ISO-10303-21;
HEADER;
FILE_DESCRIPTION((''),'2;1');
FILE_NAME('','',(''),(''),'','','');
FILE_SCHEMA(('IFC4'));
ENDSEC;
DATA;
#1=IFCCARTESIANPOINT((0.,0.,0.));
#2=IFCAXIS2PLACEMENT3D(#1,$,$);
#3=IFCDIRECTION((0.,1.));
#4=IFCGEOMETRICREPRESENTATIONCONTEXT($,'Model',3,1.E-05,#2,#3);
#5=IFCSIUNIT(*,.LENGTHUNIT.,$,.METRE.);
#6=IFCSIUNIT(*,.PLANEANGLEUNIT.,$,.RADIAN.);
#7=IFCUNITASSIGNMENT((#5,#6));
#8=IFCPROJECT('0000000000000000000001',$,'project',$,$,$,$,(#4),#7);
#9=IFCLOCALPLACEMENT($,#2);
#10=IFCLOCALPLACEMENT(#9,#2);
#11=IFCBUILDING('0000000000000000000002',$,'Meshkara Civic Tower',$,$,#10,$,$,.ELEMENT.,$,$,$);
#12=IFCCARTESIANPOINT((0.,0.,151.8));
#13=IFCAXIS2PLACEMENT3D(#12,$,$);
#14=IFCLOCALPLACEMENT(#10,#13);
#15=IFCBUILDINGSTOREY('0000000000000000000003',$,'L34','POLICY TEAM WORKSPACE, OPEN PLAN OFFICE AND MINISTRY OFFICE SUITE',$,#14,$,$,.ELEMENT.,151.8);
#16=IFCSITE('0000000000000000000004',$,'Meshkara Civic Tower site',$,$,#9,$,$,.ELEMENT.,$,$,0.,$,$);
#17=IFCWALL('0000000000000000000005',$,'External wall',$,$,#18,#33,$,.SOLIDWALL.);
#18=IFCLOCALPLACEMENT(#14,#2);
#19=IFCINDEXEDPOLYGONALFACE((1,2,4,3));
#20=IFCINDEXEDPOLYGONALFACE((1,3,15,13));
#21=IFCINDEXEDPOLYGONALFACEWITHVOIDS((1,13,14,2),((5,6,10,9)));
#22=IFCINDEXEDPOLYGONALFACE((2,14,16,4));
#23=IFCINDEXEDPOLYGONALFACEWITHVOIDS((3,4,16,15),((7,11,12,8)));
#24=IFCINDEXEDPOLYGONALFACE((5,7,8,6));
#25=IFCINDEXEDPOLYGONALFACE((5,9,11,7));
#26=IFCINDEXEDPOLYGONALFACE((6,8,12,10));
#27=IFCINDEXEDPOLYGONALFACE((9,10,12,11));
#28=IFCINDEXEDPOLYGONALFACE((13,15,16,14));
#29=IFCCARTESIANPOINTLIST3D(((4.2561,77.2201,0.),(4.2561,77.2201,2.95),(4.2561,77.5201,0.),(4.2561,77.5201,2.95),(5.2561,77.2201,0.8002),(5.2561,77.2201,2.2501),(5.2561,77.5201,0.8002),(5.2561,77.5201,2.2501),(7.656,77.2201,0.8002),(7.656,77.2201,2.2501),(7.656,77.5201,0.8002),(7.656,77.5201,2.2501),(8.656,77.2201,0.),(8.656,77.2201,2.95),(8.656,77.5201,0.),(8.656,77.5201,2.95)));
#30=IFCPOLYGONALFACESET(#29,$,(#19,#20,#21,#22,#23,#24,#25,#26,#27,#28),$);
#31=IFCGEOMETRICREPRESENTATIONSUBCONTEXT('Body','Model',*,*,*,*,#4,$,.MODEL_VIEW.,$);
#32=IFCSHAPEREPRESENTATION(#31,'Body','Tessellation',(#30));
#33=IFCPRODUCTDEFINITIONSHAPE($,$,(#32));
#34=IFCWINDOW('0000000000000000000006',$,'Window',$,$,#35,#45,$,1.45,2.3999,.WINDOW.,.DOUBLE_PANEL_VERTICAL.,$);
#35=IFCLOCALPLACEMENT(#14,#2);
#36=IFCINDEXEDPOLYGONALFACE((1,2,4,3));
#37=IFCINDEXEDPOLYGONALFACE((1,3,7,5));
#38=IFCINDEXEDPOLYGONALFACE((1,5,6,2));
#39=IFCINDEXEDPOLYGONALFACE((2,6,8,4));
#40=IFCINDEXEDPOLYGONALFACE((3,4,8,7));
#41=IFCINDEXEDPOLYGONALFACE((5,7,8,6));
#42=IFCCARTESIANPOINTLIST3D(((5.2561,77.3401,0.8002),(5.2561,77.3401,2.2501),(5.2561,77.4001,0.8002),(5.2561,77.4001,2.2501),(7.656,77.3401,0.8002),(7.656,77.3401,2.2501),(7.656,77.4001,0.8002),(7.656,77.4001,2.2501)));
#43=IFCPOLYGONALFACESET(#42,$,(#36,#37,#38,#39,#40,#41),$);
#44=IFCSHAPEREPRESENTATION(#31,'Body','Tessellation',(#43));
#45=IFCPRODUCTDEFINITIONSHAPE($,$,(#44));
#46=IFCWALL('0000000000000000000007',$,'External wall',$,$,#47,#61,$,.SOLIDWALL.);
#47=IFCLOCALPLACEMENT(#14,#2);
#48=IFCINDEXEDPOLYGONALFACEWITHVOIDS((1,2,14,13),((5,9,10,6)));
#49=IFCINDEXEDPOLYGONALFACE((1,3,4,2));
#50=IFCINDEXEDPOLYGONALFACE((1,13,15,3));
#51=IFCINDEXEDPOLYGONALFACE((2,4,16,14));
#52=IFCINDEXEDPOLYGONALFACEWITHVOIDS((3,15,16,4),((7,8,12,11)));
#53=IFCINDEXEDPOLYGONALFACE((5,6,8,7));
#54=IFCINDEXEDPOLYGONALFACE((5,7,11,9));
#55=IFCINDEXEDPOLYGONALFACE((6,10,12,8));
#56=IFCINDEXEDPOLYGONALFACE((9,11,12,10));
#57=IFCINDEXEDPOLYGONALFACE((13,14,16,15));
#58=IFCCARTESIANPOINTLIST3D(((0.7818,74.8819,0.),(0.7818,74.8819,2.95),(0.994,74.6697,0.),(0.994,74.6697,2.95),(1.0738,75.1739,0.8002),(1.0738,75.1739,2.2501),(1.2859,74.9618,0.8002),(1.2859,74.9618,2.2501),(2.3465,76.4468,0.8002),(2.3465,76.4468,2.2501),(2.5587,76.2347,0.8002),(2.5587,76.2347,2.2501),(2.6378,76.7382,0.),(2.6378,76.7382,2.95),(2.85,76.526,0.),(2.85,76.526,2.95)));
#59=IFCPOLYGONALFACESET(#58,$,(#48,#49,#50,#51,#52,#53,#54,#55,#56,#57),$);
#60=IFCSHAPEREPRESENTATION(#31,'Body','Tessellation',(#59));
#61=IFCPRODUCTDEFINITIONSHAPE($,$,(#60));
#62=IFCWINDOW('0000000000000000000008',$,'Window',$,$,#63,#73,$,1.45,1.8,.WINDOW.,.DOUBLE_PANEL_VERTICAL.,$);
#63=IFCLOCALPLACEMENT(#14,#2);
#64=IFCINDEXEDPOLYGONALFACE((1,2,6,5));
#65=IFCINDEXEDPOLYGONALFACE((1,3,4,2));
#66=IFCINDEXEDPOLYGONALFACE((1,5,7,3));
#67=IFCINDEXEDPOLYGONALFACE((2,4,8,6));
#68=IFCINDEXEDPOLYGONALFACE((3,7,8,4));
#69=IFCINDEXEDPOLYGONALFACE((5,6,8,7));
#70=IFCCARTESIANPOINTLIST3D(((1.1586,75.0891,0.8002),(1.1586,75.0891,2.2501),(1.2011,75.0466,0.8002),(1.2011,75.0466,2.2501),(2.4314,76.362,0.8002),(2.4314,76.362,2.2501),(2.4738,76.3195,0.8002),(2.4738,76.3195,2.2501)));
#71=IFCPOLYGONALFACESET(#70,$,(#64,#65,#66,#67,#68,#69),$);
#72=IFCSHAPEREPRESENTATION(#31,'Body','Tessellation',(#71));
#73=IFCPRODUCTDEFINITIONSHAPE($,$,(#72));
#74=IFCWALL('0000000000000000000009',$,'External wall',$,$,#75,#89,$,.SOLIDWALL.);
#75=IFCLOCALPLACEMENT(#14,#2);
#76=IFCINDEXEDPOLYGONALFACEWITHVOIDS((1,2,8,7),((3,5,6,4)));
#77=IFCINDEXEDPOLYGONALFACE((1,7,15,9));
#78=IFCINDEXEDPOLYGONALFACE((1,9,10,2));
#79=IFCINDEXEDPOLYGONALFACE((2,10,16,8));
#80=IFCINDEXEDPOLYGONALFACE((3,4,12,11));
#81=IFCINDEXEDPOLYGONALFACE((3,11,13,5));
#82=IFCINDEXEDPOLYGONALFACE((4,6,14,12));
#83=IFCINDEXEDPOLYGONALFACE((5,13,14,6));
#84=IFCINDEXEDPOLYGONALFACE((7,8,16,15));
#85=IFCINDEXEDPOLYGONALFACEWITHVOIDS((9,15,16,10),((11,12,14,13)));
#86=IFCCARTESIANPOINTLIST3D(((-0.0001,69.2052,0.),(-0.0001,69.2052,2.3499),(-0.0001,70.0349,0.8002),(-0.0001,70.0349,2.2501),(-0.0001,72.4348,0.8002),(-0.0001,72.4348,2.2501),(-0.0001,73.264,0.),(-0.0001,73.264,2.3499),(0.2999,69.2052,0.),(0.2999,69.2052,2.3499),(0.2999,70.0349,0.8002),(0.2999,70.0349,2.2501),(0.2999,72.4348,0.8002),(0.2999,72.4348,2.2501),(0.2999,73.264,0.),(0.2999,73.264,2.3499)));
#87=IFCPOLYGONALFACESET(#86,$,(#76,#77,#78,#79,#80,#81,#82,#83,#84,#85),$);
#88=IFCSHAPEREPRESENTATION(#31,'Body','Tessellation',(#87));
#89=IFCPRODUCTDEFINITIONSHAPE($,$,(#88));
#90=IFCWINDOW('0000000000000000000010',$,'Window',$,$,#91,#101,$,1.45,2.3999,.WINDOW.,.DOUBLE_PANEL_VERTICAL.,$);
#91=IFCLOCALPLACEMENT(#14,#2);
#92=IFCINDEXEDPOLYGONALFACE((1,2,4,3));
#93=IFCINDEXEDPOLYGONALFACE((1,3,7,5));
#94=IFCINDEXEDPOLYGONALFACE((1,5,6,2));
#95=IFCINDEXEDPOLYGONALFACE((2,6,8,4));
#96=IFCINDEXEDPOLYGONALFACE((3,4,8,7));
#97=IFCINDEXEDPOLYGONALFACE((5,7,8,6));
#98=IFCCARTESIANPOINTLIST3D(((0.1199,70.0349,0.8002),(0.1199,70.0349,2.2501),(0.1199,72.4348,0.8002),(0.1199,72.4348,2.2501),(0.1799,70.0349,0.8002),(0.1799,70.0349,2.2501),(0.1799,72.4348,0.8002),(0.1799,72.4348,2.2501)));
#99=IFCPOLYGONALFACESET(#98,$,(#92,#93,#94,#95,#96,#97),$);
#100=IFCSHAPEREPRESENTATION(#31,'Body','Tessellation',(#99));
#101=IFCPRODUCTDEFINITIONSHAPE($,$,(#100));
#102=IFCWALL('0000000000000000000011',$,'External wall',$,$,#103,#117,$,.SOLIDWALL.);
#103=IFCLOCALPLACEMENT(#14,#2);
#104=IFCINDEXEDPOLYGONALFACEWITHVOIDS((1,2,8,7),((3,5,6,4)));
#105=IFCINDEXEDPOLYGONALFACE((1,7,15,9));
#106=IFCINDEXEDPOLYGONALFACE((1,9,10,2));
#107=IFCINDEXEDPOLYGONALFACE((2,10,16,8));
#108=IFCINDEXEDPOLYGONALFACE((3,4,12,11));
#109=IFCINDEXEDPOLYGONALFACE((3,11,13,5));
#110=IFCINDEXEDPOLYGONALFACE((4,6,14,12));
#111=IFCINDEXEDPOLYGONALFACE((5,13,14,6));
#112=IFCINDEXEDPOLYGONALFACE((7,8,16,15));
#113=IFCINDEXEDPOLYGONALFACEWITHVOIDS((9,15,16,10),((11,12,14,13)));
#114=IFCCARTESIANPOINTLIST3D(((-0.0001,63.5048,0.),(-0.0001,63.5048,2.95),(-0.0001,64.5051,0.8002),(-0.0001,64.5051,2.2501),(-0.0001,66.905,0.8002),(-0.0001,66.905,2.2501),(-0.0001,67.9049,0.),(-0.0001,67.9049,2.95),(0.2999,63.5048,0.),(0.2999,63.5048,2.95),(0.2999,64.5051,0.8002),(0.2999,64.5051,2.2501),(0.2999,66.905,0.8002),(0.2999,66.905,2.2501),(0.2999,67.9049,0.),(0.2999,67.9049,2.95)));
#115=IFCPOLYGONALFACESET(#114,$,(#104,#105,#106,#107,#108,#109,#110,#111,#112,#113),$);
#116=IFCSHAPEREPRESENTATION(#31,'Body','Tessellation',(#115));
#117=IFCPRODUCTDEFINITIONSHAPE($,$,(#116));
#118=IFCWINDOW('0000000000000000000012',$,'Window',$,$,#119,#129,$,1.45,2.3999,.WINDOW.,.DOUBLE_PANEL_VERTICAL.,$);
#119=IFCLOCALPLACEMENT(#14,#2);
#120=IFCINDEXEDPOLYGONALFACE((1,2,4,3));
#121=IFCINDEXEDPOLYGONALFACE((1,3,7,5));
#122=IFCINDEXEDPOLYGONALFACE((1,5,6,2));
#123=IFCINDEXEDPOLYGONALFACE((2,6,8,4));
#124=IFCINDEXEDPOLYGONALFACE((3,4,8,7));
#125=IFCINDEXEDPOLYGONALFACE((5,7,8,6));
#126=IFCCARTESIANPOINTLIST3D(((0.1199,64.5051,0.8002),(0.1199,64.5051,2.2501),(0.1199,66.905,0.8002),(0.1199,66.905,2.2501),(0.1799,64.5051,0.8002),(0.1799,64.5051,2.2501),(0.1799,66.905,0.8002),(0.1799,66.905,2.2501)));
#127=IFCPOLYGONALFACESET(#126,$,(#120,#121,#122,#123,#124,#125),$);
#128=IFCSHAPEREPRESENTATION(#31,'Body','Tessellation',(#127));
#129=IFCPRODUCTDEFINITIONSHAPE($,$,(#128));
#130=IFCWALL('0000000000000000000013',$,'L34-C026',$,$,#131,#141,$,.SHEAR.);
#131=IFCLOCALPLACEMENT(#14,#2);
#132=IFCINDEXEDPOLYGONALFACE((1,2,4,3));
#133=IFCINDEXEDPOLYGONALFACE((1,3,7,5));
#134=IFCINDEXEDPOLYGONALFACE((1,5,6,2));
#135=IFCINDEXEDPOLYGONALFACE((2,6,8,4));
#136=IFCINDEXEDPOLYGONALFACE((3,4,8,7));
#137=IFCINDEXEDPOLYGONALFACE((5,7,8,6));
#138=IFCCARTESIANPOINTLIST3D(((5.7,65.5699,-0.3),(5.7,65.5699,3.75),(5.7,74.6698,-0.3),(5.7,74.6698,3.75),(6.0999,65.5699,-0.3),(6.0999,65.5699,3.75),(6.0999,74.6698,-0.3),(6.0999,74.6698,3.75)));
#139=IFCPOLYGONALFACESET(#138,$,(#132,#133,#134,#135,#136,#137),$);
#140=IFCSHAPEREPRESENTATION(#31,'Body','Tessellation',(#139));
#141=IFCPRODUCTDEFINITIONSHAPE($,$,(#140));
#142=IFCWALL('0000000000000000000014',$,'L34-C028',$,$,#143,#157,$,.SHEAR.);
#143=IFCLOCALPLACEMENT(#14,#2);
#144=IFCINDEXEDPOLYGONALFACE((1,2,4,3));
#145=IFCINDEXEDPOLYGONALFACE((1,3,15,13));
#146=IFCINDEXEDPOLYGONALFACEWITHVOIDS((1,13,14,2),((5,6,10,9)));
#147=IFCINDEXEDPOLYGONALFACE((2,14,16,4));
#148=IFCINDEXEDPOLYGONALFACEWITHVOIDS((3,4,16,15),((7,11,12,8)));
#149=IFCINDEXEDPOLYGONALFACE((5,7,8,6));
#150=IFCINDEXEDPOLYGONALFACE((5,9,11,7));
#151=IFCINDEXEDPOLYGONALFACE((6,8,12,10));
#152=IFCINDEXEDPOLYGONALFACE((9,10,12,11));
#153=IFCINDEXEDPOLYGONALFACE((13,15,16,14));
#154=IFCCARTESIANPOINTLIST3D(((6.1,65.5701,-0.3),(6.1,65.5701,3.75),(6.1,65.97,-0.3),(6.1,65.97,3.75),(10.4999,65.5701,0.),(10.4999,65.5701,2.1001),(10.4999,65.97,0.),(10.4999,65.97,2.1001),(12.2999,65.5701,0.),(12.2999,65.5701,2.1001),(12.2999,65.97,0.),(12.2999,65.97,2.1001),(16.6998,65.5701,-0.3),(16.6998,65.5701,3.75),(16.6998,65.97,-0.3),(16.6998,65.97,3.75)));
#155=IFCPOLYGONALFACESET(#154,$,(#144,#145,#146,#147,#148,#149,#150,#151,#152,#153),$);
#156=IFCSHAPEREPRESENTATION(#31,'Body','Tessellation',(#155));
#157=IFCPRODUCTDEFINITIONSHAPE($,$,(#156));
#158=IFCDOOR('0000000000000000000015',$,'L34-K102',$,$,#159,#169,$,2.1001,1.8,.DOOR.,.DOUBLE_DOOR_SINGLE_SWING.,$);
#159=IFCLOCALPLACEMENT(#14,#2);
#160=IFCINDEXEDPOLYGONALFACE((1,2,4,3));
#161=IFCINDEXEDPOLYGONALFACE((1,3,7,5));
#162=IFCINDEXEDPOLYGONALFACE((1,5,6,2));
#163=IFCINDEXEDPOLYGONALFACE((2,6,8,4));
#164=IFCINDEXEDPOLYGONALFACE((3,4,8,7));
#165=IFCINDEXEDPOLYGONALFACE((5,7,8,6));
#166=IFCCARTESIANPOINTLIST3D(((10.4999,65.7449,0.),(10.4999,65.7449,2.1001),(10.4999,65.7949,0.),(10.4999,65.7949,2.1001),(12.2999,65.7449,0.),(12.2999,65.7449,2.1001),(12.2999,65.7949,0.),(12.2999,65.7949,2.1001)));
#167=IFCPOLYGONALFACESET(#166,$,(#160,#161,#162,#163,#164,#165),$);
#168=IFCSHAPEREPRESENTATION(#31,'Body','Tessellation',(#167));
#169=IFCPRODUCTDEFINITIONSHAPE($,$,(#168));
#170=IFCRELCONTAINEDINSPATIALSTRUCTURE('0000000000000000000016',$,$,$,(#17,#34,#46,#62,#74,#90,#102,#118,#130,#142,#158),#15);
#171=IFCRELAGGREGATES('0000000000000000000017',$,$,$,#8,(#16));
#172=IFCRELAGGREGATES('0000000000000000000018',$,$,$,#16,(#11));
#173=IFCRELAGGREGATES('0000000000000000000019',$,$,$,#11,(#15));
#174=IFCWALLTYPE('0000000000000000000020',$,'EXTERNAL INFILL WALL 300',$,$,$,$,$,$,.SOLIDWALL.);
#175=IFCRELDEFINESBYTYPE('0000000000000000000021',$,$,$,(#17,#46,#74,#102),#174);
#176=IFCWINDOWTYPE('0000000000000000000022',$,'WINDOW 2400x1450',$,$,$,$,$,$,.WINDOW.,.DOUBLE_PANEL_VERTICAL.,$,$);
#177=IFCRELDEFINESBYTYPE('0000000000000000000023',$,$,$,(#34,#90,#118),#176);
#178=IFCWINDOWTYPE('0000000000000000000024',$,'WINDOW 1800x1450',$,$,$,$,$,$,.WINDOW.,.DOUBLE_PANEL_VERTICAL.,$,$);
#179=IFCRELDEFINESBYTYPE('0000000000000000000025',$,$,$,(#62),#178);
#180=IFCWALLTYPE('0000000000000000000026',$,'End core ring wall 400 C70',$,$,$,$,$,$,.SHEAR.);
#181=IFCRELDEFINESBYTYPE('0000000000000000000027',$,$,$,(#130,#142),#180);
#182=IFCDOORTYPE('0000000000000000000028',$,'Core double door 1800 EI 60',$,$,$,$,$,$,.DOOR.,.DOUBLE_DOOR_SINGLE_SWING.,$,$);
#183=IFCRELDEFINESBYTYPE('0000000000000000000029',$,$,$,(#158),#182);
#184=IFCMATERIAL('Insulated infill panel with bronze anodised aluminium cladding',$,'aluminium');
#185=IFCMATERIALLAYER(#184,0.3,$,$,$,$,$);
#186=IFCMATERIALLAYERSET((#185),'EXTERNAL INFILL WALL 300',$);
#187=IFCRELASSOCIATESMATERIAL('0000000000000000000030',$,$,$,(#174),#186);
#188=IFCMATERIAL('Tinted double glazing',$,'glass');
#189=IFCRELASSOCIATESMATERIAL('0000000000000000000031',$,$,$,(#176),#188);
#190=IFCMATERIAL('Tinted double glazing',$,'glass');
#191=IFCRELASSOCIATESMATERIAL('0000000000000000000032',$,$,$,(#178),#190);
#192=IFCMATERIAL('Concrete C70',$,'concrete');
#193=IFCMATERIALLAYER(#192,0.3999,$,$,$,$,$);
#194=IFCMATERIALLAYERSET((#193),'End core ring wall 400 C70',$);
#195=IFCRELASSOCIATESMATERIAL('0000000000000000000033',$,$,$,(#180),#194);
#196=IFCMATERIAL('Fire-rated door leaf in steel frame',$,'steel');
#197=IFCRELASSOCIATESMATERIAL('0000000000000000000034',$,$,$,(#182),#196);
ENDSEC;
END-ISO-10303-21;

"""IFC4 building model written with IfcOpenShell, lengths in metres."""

from ifc_helpers import new_model, si_unit, direction, frame, frame_2d, origin, place, context, subcontext, project, spatial, rectangle, extrude, material, layer, layer_set, type_object, element, fill, save


model = new_model("IFC4")

# Units and contexts
model_context = context("Model", 3, precision=1e-05, world=origin(), true_north=direction((0.0, 1.0)))
body_context = subcontext(model_context, "Body", "Model", "MODEL_VIEW")
ifc_project = project(units=[si_unit("LENGTHUNIT", "METRE"), si_unit("PLANEANGLEUNIT", "RADIAN")], contexts=[model_context])

# Site, building, storey
site_placement = place(None, origin())
site = spatial("IfcSite", under=ifc_project, at=site_placement, Name="Meshkara Civic Tower site", CompositionType="ELEMENT", RefElevation=0.0)
building_placement = place(site_placement, origin())
building = spatial("IfcBuilding", under=site, at=building_placement, Name="Meshkara Civic Tower", CompositionType="ELEMENT")
storey_placement = place(building_placement, frame((0.0, 0.0, 151.8)))
storey = spatial("IfcBuildingStorey", under=building, at=storey_placement, Name="L34", Description="POLICY TEAM WORKSPACE, OPEN PLAN OFFICE AND MINISTRY OFFICE SUITE", CompositionType="ELEMENT", Elevation=151.8)

# Walls, openings, windows
ifc_material_1 = material(Name="Insulated infill panel with bronze anodised aluminium cladding", Category="aluminium")
ifc_layer_1 = layer(ifc_material_1, 0.3)
ifc_layer_set_1 = layer_set([ifc_layer_1], Name="EXTERNAL INFILL WALL 300")
wall_type_1 = type_object("IfcWallType", Name="EXTERNAL INFILL WALL 300", PredefinedType="SOLIDWALL", material=ifc_layer_set_1)
wall_1_placement = place(storey_placement, frame((8.656, 77.3701, 0.0), z_axis=(0.0, 0.0, 1.0), x_axis=(-1.0, 0.0, 0.0)))
wall_1 = element("IfcWall", 1, at=wall_1_placement, inside=storey, type_object=wall_type_1, Name="External wall", PredefinedType="SOLIDWALL", context=body_context, shape_type="SweptSolid", body=[
    extrude(rectangle(XDim=4.3999, YDim=0.3, at=frame_2d((2.2, 0.0))), origin(), (0.0, 0.0, 1.0), 2.95),
])
opening_1_placement = place(wall_1_placement, frame((1.0, 0.0, 0.8)))
opening_1 = element("IfcOpeningElement", 2, at=opening_1_placement, cuts=wall_1, PredefinedType="OPENING", context=body_context, shape_type="SweptSolid", body=[
    extrude(rectangle(XDim=2.3999, YDim=1.45, at=frame_2d((1.2, 0.7251))), frame((0.0, 0.1599, 0.0), z_axis=(0.0, -1.0, 0.0), x_axis=(1.0, 0.0, 0.0)), (0.0, 0.0, 1.0), 0.3201),
])
ifc_material_2 = material(Name="Tinted double glazing", Category="glass")
window_type_1 = type_object("IfcWindowType", Name="WINDOW 2400x1450", PartitioningType="DOUBLE_PANEL_VERTICAL", PredefinedType="WINDOW", material=ifc_material_2)
window_1_placement = place(opening_1_placement, origin())
window_1 = element("IfcWindow", 3, at=window_1_placement, inside=storey, type_object=window_type_1, Name="Window", OverallHeight=1.45, OverallWidth=2.3999, PartitioningType="DOUBLE_PANEL_VERTICAL", PredefinedType="WINDOW", context=body_context, shape_type="SweptSolid", body=[
    extrude(rectangle(XDim=2.3999, YDim=1.45, at=frame_2d((1.2, 0.7251))), frame((0.0, 0.03, 0.0), z_axis=(0.0, -1.0, 0.0), x_axis=(1.0, 0.0, 0.0)), (0.0, 0.0, 1.0), 0.0601),
])
fill(opening_1, window_1)
wall_2_placement = place(storey_placement, frame((2.7439, 76.6321, 0.0), z_axis=(0.0, 0.0, 1.0), x_axis=(-0.70706, -0.707153, 0.0)))
wall_2 = element("IfcWall", 4, at=wall_2_placement, inside=storey, type_object=wall_type_1, Name="External wall", PredefinedType="SOLIDWALL", context=body_context, shape_type="SweptSolid", body=[
    extrude(rectangle(XDim=2.625, YDim=0.3, at=frame_2d((1.3125, 0.0))), origin(), (0.0, 0.0, 1.0), 2.95),
])
opening_2_placement = place(wall_2_placement, frame((0.4121, 0.0, 0.8)))
opening_2 = element("IfcOpeningElement", 5, at=opening_2_placement, cuts=wall_2, PredefinedType="OPENING", context=body_context, shape_type="SweptSolid", body=[
    extrude(rectangle(XDim=1.8, YDim=1.45, at=frame_2d((0.8999, 0.7251))), frame((0.0, 0.1599, 0.0), z_axis=(0.0, -1.0, 0.0), x_axis=(1.0, 0.0, 0.0)), (0.0, 0.0, 1.0), 0.3201),
])
ifc_material_3 = material(Name="Tinted double glazing", Category="glass")
window_type_2 = type_object("IfcWindowType", Name="WINDOW 1800x1450", PartitioningType="DOUBLE_PANEL_VERTICAL", PredefinedType="WINDOW", material=ifc_material_3)
window_2_placement = place(opening_2_placement, origin())
window_2 = element("IfcWindow", 6, at=window_2_placement, inside=storey, type_object=window_type_2, Name="Window", OverallHeight=1.45, OverallWidth=1.8, PartitioningType="DOUBLE_PANEL_VERTICAL", PredefinedType="WINDOW", context=body_context, shape_type="SweptSolid", body=[
    extrude(rectangle(XDim=1.8, YDim=1.45, at=frame_2d((0.8999, 0.7251))), frame((0.0, 0.03, 0.0), z_axis=(0.0, -1.0, 0.0), x_axis=(1.0, 0.0, 0.0)), (0.0, 0.0, 1.0), 0.0601),
])
fill(opening_2, window_2)
wall_3_placement = place(storey_placement, frame((0.1499, 73.2639, 0.0), z_axis=(0.0, 0.0, 1.0), x_axis=(0.0, -1.0, 0.0)))
wall_3 = element("IfcWall", 7, at=wall_3_placement, inside=storey, type_object=wall_type_1, Name="External wall", PredefinedType="SOLIDWALL", context=body_context, shape_type="SweptSolid", body=[
    extrude(rectangle(XDim=4.0588, YDim=0.3, at=frame_2d((2.0293, 0.0))), origin(), (0.0, 0.0, 1.0), 2.3499),
])
opening_3_placement = place(wall_3_placement, frame((0.8291, 0.0, 0.8)))
opening_3 = element("IfcOpeningElement", 8, at=opening_3_placement, cuts=wall_3, PredefinedType="OPENING", context=body_context, shape_type="SweptSolid", body=[
    extrude(rectangle(XDim=2.3999, YDim=1.45, at=frame_2d((1.2, 0.7251))), frame((0.0, 0.1599, 0.0), z_axis=(0.0, -1.0, 0.0), x_axis=(1.0, 0.0, 0.0)), (0.0, 0.0, 1.0), 0.3201),
])
window_3_placement = place(opening_3_placement, origin())
window_3 = element("IfcWindow", 9, at=window_3_placement, inside=storey, type_object=window_type_1, Name="Window", OverallHeight=1.45, OverallWidth=2.3999, PartitioningType="DOUBLE_PANEL_VERTICAL", PredefinedType="WINDOW", context=body_context, shape_type="SweptSolid", body=[
    extrude(rectangle(XDim=2.3999, YDim=1.45, at=frame_2d((1.2, 0.7251))), frame((0.0, 0.03, 0.0), z_axis=(0.0, -1.0, 0.0), x_axis=(1.0, 0.0, 0.0)), (0.0, 0.0, 1.0), 0.0601),
])
fill(opening_3, window_3)
wall_4_placement = place(storey_placement, frame((0.1499, 67.905, 0.0), z_axis=(0.0, 0.0, 1.0), x_axis=(0.0, -1.0, 0.0)))
wall_4 = element("IfcWall", 10, at=wall_4_placement, inside=storey, type_object=wall_type_1, Name="External wall", PredefinedType="SOLIDWALL", context=body_context, shape_type="SweptSolid", body=[
    extrude(rectangle(XDim=4.4001, YDim=0.3, at=frame_2d((2.2002, 0.0))), origin(), (0.0, 0.0, 1.0), 2.95),
])
opening_4_placement = place(wall_4_placement, frame((1.0, 0.0, 0.8)))
opening_4 = element("IfcOpeningElement", 11, at=opening_4_placement, cuts=wall_4, PredefinedType="OPENING", context=body_context, shape_type="SweptSolid", body=[
    extrude(rectangle(XDim=2.3999, YDim=1.45, at=frame_2d((1.2, 0.7251))), frame((0.0, 0.1599, 0.0), z_axis=(0.0, -1.0, 0.0), x_axis=(1.0, 0.0, 0.0)), (0.0, 0.0, 1.0), 0.3201),
])
window_4_placement = place(opening_4_placement, origin())
window_4 = element("IfcWindow", 12, at=window_4_placement, inside=storey, type_object=window_type_1, Name="Window", OverallHeight=1.45, OverallWidth=2.3999, PartitioningType="DOUBLE_PANEL_VERTICAL", PredefinedType="WINDOW", context=body_context, shape_type="SweptSolid", body=[
    extrude(rectangle(XDim=2.3999, YDim=1.45, at=frame_2d((1.2, 0.7251))), frame((0.0, 0.03, 0.0), z_axis=(0.0, -1.0, 0.0), x_axis=(1.0, 0.0, 0.0)), (0.0, 0.0, 1.0), 0.0601),
])
fill(opening_4, window_4)

# Wall
ifc_material_4 = material(Name="Concrete C70", Category="concrete")
ifc_layer_2 = layer(ifc_material_4, 0.3999)
ifc_layer_set_2 = layer_set([ifc_layer_2], Name="End core ring wall 400 C70")
wall_type_2 = type_object("IfcWallType", Name="End core ring wall 400 C70", PredefinedType="SHEAR", material=ifc_layer_set_2)
wall_5_placement = place(storey_placement, frame((5.8999, 65.5701, -0.3), z_axis=(0.0, 0.0, 1.0), x_axis=(0.0, 1.0, 0.0)))
element("IfcWall", 13, at=wall_5_placement, inside=storey, type_object=wall_type_2, Name="L34-C026", PredefinedType="SHEAR", context=body_context, shape_type="SweptSolid", body=[
    extrude(rectangle(XDim=9.0999, YDim=0.3999, at=frame_2d((4.5498, 0.0))), origin(), (0.0, 0.0, 1.0), 4.05),
])

# Wall, opening, door
wall_6_placement = place(storey_placement, frame((6.1001, 65.77, -0.3), z_axis=(0.0, 0.0, 1.0), x_axis=(1.0, 0.0, 0.0)))
wall_6 = element("IfcWall", 14, at=wall_6_placement, inside=storey, type_object=wall_type_2, Name="L34-C028", PredefinedType="SHEAR", context=body_context, shape_type="SweptSolid", body=[
    extrude(rectangle(XDim=10.5999, YDim=0.3999, at=frame_2d((5.2998, 0.0))), origin(), (0.0, 0.0, 1.0), 4.05),
])
opening_5_placement = place(wall_6_placement, frame((4.3999, 0.0, 0.3)))
opening_5 = element("IfcOpeningElement", 15, at=opening_5_placement, cuts=wall_6, PredefinedType="OPENING", context=body_context, shape_type="SweptSolid", body=[
    extrude(rectangle(XDim=1.8, YDim=2.1001, at=frame_2d((0.8999, 1.05))), frame((0.0, 0.21, 0.0), z_axis=(0.0, -1.0, 0.0), x_axis=(1.0, 0.0, 0.0)), (0.0, 0.0, 1.0), 0.4199),
])
ifc_material_5 = material(Name="Fire-rated door leaf in steel frame", Category="steel")
door_type_1 = type_object("IfcDoorType", Name="Core double door 1800 EI 60", OperationType="DOUBLE_DOOR_SINGLE_SWING", PredefinedType="DOOR", material=ifc_material_5)
door_1_placement = place(opening_5_placement, origin())
door_1 = element("IfcDoor", 16, at=door_1_placement, inside=storey, type_object=door_type_1, Name="L34-K102", OperationType="DOUBLE_DOOR_SINGLE_SWING", OverallHeight=2.1001, OverallWidth=1.8, PredefinedType="DOOR", context=body_context, shape_type="SweptSolid", body=[
    extrude(rectangle(XDim=1.8, YDim=2.1001, at=frame_2d((0.8999, 1.05))), frame((0.0, 0.0249, 0.0), z_axis=(0.0, -1.0, 0.0), x_axis=(1.0, 0.0, 0.0)), (0.0, 0.0, 1.0), 0.05),
])
fill(opening_5, door_1)

save(model, "model.ifc")
